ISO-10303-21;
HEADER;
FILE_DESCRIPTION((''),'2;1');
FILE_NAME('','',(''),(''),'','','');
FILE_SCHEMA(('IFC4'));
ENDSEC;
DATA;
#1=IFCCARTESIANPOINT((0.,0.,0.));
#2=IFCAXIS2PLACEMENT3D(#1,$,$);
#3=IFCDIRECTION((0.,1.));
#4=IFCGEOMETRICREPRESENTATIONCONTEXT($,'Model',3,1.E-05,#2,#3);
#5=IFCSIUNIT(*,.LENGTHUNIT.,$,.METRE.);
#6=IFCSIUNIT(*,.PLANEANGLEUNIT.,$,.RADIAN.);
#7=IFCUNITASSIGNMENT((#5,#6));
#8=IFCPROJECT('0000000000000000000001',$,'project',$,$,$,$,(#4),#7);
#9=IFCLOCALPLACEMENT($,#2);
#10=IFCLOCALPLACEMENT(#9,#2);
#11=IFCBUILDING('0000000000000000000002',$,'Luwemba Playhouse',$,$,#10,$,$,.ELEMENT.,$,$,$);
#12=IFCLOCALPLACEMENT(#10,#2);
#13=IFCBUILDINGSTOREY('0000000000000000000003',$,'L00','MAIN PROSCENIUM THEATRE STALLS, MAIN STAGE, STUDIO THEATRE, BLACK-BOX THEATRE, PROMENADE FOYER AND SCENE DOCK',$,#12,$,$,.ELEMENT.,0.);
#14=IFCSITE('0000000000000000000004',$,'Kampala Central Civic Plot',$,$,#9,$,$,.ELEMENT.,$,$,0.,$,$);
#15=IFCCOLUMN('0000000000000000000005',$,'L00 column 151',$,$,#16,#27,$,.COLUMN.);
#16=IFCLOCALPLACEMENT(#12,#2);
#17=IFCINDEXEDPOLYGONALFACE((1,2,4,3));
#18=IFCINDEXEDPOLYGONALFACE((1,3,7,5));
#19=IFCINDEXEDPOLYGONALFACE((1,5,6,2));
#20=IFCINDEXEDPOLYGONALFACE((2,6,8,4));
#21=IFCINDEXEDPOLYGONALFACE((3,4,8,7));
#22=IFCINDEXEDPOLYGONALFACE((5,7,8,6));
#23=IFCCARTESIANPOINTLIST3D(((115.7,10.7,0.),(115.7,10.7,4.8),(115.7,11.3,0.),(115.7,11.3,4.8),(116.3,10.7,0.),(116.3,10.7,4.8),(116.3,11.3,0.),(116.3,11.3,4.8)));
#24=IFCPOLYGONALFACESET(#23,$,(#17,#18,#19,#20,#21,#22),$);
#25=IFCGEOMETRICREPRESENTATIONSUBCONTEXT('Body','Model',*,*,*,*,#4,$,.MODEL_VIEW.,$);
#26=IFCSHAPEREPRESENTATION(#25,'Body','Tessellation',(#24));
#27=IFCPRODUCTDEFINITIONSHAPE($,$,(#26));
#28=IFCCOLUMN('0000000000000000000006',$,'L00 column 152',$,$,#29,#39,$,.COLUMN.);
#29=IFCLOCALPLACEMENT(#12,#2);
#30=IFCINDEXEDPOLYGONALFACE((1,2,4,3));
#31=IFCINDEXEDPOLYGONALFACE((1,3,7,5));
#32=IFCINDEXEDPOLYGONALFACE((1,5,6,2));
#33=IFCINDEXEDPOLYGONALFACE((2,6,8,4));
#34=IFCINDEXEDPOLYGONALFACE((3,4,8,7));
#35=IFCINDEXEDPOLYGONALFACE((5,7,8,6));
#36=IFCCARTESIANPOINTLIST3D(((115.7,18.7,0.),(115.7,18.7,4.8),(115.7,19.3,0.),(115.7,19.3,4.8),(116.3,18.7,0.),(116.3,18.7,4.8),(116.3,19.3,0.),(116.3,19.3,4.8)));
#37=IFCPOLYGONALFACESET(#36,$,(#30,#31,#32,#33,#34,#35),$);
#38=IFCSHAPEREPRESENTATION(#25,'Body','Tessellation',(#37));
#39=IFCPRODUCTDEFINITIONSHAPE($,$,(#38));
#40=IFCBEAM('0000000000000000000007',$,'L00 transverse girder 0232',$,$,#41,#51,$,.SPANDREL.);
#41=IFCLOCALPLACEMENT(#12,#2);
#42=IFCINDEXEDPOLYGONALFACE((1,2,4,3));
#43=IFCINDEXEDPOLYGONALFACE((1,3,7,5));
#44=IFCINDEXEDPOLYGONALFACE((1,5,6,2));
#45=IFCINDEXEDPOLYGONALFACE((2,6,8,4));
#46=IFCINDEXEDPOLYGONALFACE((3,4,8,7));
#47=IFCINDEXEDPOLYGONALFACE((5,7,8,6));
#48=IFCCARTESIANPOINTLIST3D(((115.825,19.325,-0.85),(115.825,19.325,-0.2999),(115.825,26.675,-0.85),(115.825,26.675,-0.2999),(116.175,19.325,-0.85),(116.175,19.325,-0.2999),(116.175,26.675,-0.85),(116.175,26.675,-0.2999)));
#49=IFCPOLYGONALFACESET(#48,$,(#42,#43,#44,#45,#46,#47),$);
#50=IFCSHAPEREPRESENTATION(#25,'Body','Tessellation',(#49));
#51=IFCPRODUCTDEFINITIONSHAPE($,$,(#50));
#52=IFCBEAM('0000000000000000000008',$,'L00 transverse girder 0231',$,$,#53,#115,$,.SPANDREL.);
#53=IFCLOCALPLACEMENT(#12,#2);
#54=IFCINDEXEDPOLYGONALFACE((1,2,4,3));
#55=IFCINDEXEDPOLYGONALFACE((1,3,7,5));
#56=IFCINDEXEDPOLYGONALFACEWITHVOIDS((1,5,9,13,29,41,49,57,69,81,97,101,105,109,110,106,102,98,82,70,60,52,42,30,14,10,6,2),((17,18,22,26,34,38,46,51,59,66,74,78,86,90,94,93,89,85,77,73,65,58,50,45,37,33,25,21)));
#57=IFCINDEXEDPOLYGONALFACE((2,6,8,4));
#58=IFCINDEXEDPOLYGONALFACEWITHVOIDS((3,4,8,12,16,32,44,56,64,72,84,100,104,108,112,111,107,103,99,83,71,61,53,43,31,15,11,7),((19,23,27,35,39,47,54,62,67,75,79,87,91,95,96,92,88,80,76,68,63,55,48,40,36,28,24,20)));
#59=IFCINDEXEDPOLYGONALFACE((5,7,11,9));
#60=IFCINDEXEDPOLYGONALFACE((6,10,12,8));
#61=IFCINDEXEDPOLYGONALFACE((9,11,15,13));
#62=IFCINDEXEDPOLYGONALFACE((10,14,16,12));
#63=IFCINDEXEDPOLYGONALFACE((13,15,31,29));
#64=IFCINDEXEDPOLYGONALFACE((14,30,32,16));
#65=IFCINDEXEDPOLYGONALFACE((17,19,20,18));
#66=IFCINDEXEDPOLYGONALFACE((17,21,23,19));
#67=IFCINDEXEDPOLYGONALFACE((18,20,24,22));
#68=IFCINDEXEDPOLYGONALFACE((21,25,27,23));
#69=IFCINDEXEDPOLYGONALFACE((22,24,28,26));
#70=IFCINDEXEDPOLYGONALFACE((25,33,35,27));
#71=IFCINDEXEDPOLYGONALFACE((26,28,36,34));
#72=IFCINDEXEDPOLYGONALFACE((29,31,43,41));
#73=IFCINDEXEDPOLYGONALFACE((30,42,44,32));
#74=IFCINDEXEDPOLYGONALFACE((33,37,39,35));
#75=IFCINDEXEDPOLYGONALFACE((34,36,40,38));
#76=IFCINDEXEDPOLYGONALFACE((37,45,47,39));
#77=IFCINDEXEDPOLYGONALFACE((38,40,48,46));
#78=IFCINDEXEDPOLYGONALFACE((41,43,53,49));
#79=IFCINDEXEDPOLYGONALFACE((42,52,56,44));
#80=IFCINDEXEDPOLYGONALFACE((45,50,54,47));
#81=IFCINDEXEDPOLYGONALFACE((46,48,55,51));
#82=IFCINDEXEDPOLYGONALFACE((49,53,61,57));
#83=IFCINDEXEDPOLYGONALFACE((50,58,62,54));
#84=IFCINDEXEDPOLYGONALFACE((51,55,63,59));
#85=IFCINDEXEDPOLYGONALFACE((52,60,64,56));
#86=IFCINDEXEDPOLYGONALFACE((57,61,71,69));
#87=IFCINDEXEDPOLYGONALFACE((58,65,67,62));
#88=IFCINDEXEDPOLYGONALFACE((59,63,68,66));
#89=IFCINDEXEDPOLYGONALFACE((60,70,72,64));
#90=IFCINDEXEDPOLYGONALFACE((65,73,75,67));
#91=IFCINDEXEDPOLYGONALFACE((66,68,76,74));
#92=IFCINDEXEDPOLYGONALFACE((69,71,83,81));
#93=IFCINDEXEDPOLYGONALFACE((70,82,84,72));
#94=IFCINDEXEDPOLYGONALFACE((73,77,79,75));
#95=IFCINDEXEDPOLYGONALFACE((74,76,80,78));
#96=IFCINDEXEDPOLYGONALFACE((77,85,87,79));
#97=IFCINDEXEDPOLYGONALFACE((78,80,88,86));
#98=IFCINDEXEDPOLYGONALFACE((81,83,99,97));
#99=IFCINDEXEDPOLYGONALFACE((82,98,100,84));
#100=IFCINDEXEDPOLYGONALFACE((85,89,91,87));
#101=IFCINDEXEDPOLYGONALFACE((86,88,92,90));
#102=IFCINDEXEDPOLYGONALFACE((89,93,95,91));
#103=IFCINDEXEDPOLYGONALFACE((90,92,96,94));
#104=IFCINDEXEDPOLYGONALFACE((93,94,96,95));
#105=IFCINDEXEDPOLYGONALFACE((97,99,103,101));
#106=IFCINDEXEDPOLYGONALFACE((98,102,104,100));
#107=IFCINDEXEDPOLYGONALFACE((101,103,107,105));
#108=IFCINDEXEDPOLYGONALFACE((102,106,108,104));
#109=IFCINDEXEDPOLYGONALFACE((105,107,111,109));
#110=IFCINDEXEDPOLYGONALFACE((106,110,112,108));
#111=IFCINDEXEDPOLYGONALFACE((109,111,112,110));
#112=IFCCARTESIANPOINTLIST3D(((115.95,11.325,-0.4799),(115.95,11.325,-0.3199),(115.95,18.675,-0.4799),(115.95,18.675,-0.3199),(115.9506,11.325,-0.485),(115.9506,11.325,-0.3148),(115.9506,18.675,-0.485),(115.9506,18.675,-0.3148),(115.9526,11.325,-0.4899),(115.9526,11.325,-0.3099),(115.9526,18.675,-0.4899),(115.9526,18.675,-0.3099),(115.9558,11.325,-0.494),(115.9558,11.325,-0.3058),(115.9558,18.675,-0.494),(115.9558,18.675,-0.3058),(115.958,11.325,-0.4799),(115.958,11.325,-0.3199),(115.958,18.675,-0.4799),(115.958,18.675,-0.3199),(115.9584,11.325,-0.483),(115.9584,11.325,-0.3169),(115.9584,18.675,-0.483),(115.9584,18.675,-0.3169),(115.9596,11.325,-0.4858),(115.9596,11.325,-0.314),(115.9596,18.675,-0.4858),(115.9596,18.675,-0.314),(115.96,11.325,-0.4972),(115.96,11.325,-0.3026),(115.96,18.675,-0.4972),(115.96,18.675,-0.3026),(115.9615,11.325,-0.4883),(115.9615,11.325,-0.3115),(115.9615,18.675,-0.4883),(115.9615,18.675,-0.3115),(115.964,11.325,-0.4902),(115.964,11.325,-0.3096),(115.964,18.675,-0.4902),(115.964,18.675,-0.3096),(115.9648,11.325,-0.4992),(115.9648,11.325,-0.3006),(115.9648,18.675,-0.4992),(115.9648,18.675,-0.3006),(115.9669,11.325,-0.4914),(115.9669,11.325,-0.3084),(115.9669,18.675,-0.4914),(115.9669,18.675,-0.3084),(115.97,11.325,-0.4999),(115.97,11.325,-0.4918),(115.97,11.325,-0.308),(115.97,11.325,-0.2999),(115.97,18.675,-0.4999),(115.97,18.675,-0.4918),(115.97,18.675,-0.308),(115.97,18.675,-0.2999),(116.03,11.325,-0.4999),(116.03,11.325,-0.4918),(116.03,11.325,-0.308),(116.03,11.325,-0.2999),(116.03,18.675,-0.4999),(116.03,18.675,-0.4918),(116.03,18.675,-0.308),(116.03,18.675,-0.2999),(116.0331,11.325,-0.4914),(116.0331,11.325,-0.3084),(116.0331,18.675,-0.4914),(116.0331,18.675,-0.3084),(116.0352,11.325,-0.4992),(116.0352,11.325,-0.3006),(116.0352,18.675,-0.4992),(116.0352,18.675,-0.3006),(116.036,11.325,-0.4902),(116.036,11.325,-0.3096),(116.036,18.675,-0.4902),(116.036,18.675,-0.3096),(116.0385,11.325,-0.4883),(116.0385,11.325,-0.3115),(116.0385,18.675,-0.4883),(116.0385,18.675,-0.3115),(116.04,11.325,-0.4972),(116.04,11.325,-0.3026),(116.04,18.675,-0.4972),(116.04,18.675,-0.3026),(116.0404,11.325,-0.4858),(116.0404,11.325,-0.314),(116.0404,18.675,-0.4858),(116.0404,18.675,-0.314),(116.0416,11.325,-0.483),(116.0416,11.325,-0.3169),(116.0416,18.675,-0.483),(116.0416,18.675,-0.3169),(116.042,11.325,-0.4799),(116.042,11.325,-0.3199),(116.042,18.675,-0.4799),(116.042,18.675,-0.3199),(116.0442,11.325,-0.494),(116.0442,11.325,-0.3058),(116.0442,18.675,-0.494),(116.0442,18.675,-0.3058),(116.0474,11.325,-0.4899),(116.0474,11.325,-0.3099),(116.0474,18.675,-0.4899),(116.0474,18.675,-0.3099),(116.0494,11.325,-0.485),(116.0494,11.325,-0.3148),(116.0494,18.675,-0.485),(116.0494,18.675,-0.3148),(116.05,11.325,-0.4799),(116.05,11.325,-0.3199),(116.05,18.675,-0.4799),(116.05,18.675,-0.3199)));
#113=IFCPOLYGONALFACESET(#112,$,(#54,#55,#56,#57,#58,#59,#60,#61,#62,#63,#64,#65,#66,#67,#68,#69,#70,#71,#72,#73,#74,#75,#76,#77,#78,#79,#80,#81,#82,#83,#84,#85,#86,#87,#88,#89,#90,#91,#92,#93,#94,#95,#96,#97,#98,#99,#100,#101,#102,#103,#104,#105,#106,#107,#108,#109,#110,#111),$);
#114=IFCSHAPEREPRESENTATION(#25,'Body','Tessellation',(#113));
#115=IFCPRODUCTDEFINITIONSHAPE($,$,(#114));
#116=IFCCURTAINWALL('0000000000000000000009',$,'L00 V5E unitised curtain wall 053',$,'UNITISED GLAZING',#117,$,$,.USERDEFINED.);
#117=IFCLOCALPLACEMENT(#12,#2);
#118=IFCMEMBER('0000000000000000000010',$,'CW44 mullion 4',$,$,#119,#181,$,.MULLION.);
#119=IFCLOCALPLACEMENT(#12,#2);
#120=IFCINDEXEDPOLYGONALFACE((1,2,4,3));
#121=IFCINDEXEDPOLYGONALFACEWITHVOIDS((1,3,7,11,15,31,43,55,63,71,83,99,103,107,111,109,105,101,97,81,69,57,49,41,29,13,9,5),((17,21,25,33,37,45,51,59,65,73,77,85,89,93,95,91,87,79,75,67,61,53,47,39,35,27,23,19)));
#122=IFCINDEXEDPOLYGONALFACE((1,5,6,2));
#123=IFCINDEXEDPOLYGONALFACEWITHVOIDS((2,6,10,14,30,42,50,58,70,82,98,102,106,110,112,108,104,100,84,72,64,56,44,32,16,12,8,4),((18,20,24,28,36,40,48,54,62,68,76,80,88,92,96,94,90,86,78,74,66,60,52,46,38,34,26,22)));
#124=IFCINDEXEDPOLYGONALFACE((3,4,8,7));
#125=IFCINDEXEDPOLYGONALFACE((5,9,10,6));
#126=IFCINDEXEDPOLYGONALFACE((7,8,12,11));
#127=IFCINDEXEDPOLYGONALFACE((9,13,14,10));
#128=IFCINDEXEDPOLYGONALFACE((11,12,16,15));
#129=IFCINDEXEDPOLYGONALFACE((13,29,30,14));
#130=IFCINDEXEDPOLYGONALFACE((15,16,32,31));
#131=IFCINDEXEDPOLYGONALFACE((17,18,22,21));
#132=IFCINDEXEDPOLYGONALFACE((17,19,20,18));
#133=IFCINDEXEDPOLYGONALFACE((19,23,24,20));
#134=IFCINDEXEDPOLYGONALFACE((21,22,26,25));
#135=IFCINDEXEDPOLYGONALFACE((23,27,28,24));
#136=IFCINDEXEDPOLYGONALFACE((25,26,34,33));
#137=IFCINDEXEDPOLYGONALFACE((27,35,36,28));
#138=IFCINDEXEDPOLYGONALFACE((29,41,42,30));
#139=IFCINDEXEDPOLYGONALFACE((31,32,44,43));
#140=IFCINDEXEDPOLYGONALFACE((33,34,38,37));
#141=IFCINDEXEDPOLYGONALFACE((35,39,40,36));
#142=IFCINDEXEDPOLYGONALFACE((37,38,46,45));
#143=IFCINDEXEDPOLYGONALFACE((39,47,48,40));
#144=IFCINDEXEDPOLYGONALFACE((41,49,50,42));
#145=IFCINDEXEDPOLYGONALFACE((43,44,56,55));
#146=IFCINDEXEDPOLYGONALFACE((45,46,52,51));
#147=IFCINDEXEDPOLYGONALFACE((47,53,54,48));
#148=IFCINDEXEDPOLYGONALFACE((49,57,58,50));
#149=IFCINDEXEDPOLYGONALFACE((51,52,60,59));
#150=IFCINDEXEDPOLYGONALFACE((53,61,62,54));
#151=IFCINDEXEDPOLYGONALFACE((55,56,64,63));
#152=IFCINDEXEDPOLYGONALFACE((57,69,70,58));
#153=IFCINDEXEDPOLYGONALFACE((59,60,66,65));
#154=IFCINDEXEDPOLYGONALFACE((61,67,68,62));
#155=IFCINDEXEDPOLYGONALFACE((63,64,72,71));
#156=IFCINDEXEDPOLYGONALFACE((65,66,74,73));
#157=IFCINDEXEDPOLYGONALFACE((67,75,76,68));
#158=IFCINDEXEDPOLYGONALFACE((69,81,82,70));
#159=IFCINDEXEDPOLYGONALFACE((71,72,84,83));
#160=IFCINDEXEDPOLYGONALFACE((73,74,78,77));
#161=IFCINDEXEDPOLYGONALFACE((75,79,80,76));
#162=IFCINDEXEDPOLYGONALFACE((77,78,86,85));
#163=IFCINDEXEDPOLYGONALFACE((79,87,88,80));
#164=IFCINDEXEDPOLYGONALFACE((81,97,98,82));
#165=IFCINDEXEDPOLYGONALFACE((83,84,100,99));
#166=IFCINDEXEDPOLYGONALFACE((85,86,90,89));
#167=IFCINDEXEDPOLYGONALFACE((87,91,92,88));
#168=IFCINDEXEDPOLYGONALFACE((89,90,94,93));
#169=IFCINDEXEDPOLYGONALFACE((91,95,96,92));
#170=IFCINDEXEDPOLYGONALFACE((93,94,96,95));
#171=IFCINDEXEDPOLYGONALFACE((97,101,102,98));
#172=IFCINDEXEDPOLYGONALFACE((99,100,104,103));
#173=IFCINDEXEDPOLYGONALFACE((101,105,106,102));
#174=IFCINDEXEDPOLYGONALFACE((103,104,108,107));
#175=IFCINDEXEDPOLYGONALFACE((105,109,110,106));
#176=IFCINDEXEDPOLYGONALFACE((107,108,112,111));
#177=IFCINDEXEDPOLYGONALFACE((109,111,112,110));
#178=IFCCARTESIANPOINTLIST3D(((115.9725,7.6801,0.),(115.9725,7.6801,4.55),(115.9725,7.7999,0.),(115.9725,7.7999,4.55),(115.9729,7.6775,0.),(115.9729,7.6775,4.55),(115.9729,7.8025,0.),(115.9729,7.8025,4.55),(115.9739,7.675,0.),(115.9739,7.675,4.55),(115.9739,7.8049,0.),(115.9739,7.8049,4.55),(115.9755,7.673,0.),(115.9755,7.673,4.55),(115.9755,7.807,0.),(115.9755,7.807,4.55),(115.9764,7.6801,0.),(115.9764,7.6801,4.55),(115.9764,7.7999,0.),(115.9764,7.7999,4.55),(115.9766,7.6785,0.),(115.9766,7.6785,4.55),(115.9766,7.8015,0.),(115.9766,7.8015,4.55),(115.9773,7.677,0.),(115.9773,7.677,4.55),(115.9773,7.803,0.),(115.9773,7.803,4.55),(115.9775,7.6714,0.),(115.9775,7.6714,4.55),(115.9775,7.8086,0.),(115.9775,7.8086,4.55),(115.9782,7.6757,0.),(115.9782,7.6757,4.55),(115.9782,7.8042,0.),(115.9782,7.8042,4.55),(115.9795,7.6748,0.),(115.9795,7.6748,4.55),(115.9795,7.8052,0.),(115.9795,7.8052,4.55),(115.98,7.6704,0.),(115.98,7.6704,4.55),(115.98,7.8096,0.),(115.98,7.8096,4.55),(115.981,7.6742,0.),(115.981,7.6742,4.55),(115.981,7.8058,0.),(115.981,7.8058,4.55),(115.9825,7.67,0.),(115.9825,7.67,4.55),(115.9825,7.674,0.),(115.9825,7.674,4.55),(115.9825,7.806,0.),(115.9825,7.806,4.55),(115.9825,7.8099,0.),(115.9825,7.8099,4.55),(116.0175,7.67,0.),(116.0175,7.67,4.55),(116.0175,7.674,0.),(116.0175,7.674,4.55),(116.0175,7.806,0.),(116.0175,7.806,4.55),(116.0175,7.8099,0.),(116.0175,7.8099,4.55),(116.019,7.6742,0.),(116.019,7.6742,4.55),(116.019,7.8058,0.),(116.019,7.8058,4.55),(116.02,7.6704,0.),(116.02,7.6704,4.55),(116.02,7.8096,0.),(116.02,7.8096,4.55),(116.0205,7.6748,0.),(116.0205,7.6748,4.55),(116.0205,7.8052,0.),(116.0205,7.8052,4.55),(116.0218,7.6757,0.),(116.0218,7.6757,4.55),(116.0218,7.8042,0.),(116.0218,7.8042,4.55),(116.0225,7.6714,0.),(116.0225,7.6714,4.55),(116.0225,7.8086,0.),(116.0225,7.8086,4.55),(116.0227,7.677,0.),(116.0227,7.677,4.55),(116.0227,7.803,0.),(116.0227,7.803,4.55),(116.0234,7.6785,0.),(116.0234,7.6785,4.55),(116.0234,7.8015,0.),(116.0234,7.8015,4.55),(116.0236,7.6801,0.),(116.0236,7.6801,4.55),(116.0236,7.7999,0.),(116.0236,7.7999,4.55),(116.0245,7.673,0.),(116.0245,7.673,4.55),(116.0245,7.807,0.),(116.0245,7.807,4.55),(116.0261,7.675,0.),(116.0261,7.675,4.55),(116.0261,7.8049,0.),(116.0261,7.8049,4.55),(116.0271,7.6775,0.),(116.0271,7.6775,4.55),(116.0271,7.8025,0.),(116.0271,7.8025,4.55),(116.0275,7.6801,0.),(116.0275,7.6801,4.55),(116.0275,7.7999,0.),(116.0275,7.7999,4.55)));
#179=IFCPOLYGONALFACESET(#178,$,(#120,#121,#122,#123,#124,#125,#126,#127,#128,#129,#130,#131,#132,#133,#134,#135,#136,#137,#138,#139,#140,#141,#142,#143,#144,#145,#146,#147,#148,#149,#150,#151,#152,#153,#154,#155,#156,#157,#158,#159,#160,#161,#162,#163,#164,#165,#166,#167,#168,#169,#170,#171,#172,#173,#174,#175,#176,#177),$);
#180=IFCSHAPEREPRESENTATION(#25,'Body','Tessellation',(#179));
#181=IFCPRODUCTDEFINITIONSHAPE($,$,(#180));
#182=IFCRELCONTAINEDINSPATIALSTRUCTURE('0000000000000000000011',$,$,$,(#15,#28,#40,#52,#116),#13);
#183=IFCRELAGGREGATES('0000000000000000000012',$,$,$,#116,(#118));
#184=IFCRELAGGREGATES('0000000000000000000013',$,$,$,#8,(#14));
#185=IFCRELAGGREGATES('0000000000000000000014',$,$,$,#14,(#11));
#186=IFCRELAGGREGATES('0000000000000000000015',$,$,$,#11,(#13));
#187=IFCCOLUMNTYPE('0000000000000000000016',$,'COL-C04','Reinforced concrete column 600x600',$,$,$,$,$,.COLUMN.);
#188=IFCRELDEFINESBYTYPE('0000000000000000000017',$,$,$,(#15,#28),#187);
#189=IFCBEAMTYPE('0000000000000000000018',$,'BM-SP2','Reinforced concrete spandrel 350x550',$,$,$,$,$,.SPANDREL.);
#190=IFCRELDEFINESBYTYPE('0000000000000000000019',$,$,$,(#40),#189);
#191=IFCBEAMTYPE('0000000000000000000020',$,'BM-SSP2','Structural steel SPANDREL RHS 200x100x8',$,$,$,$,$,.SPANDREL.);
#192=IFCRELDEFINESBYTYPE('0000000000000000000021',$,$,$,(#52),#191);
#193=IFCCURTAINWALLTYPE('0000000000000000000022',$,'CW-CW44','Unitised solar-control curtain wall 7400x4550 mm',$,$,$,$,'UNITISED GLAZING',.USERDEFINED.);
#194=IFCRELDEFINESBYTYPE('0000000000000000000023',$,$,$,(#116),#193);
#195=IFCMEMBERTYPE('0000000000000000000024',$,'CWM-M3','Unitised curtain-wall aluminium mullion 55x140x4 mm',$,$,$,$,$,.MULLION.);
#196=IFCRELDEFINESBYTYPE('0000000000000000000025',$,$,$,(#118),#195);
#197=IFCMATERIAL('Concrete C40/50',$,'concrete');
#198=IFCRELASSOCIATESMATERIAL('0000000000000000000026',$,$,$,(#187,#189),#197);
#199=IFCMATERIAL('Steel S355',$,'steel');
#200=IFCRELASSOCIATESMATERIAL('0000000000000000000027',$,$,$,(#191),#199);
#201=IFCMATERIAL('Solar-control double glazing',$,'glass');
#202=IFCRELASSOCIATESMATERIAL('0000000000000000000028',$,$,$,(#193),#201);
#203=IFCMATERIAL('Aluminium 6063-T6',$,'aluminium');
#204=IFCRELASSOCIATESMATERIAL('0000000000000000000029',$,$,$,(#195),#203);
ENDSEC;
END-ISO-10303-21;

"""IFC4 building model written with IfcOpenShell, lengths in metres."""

from ifc_helpers import new_model, si_unit, direction, frame, origin, origin_2d, place, context, subcontext, project, spatial, rectangle, hollow_rectangle, extrude, material, material_profile, profile_set, type_object, element, aggregate, save


model = new_model("IFC4")

# Units and contexts
model_context = context("Model", 3, precision=1e-05, world=origin(), true_north=direction((0.0, 1.0)))
body_context = subcontext(model_context, "Body", "Model", "MODEL_VIEW")
ifc_project = project(units=[si_unit("LENGTHUNIT", "METRE"), si_unit("PLANEANGLEUNIT", "RADIAN")], contexts=[model_context])

# Site, building, storey
site_placement = place(None, origin())
site = spatial("IfcSite", under=ifc_project, at=site_placement, Name="Kampala Central Civic Plot", CompositionType="ELEMENT", RefElevation=0.0)
building_placement = place(site_placement, origin())
building = spatial("IfcBuilding", under=site, at=building_placement, Name="Luwemba Playhouse", CompositionType="ELEMENT")
storey_placement = place(building_placement, origin())
storey = spatial("IfcBuildingStorey", under=building, at=storey_placement, Name="L00", Description="MAIN PROSCENIUM THEATRE STALLS, MAIN STAGE, STUDIO THEATRE, BLACK-BOX THEATRE, PROMENADE FOYER AND SCENE DOCK", CompositionType="ELEMENT", Elevation=0.0)

# Columns
ifc_material_1 = material(Name="Concrete C40/50", Category="concrete")
ifc_material_profile_1 = material_profile(ifc_material_1, rectangle(XDim=0.6001, YDim=0.6001, at=origin_2d()))
ifc_profile_set_1 = profile_set([ifc_material_profile_1], Name="Concrete C40/50")
column_type = type_object("IfcColumnType", Name="COL-C04", Description="Reinforced concrete column 600x600", PredefinedType="COLUMN", material=ifc_profile_set_1)
for number, where, z_axis, x_axis, name in (
    (1, (116.0, 11.0, 0.0), (0.0, 0.0, 1.0), (1.0, 0.0, 0.0), "L00 column 151"),
    (2, (116.0, 19.0, 0.0), (0.0, 0.0, 1.0), (1.0, 0.0, 0.0), "L00 column 152"),
):
    element("IfcColumn", number, at=place(storey_placement, frame(where, z_axis=z_axis, x_axis=x_axis)), inside=storey, type_object=column_type, Name=name, PredefinedType="COLUMN", context=body_context, shape_type="SweptSolid", body=[
        extrude(rectangle(XDim=0.6001, YDim=0.6001, at=origin_2d()), origin(), (0.0, 0.0, 1.0), 4.8),
    ])

# Beams
ifc_material_profile_2 = material_profile(ifc_material_1, rectangle(XDim=0.3501, YDim=0.55, at=origin_2d()))
ifc_profile_set_2 = profile_set([ifc_material_profile_2], Name="Concrete C40/50")
beam_type_1 = type_object("IfcBeamType", Name="BM-SP2", Description="Reinforced concrete spandrel 350x550", PredefinedType="SPANDREL", material=ifc_profile_set_2)
beam_1_placement = place(storey_placement, frame((116.0, 19.325, -0.575), z_axis=(0.0, 1.0, 0.0), x_axis=(-1.0, 0.0, 0.0)))
element("IfcBeam", 3, at=beam_1_placement, inside=storey, type_object=beam_type_1, Name="L00 transverse girder 0232", PredefinedType="SPANDREL", context=body_context, shape_type="SweptSolid", body=[
    extrude(rectangle(XDim=0.3501, YDim=0.55, at=origin_2d()), origin(), (0.0, 0.0, 1.0), 7.3501),
])
ifc_material_2 = material(Name="Steel S355", Category="steel")
ifc_material_profile_3 = material_profile(ifc_material_2, hollow_rectangle(XDim=0.1001, YDim=0.2, WallThickness=0.0081, InnerFilletRadius=0.012, OuterFilletRadius=0.02, at=origin_2d()))
ifc_profile_set_3 = profile_set([ifc_material_profile_3], Name="Steel S355")
beam_type_2 = type_object("IfcBeamType", Name="BM-SSP2", Description="Structural steel SPANDREL RHS 200x100x8", PredefinedType="SPANDREL", material=ifc_profile_set_3)
beam_2_placement = place(storey_placement, frame((116.0, 11.325, -0.3999), z_axis=(0.0, 1.0, 0.0), x_axis=(-1.0, 0.0, 0.0)))
element("IfcBeam", 4, at=beam_2_placement, inside=storey, type_object=beam_type_2, Name="L00 transverse girder 0231", PredefinedType="SPANDREL", context=body_context, shape_type="SweptSolid", body=[
    extrude(hollow_rectangle(XDim=0.1001, YDim=0.2, WallThickness=0.0081, InnerFilletRadius=0.012, OuterFilletRadius=0.02, at=origin_2d()), origin(), (0.0, 0.0, 1.0), 7.3501),
])

# Curtain wall, member
ifc_material_3 = material(Name="Solar-control double glazing", Category="glass")
curtain_wall_type_1 = type_object("IfcCurtainWallType", Name="CW-CW44", Description="Unitised solar-control curtain wall 7400x4550 mm", ElementType="UNITISED GLAZING", PredefinedType="USERDEFINED", material=ifc_material_3)
curtain_wall_1_placement = place(storey_placement, origin())
curtain_wall_1 = element("IfcCurtainWall", 5, at=curtain_wall_1_placement, inside=storey, type_object=curtain_wall_type_1, Name="L00 V5E unitised curtain wall 053", ObjectType="UNITISED GLAZING", PredefinedType="USERDEFINED")
ifc_material_4 = material(Name="Aluminium 6063-T6", Category="aluminium")
ifc_material_profile_4 = material_profile(ifc_material_4, hollow_rectangle(XDim=0.0549, YDim=0.1399, WallThickness=0.0039, InnerFilletRadius=0.0061, OuterFilletRadius=0.01, at=origin_2d()))
ifc_profile_set_4 = profile_set([ifc_material_profile_4], Name="Aluminium 6063-T6")
member_type_1 = type_object("IfcMemberType", Name="CWM-M3", Description="Unitised curtain-wall aluminium mullion 55x140x4 mm", PredefinedType="MULLION", material=ifc_profile_set_4)
member_1_placement = place(storey_placement, frame((116.0, 7.74, 0.0), z_axis=(0.0, 0.0, 1.0), x_axis=(-1.0, 0.0, 0.0)))
member_1 = element("IfcMember", 6, at=member_1_placement, type_object=member_type_1, Name="CW44 mullion 4", PredefinedType="MULLION", context=body_context, shape_type="SweptSolid", body=[
    extrude(hollow_rectangle(XDim=0.0549, YDim=0.1399, WallThickness=0.0039, InnerFilletRadius=0.0061, OuterFilletRadius=0.01, at=origin_2d()), origin(), (0.0, 0.0, 1.0), 4.55),
])

aggregate(curtain_wall_1, [member_1])

save(model, "model.ifc")
